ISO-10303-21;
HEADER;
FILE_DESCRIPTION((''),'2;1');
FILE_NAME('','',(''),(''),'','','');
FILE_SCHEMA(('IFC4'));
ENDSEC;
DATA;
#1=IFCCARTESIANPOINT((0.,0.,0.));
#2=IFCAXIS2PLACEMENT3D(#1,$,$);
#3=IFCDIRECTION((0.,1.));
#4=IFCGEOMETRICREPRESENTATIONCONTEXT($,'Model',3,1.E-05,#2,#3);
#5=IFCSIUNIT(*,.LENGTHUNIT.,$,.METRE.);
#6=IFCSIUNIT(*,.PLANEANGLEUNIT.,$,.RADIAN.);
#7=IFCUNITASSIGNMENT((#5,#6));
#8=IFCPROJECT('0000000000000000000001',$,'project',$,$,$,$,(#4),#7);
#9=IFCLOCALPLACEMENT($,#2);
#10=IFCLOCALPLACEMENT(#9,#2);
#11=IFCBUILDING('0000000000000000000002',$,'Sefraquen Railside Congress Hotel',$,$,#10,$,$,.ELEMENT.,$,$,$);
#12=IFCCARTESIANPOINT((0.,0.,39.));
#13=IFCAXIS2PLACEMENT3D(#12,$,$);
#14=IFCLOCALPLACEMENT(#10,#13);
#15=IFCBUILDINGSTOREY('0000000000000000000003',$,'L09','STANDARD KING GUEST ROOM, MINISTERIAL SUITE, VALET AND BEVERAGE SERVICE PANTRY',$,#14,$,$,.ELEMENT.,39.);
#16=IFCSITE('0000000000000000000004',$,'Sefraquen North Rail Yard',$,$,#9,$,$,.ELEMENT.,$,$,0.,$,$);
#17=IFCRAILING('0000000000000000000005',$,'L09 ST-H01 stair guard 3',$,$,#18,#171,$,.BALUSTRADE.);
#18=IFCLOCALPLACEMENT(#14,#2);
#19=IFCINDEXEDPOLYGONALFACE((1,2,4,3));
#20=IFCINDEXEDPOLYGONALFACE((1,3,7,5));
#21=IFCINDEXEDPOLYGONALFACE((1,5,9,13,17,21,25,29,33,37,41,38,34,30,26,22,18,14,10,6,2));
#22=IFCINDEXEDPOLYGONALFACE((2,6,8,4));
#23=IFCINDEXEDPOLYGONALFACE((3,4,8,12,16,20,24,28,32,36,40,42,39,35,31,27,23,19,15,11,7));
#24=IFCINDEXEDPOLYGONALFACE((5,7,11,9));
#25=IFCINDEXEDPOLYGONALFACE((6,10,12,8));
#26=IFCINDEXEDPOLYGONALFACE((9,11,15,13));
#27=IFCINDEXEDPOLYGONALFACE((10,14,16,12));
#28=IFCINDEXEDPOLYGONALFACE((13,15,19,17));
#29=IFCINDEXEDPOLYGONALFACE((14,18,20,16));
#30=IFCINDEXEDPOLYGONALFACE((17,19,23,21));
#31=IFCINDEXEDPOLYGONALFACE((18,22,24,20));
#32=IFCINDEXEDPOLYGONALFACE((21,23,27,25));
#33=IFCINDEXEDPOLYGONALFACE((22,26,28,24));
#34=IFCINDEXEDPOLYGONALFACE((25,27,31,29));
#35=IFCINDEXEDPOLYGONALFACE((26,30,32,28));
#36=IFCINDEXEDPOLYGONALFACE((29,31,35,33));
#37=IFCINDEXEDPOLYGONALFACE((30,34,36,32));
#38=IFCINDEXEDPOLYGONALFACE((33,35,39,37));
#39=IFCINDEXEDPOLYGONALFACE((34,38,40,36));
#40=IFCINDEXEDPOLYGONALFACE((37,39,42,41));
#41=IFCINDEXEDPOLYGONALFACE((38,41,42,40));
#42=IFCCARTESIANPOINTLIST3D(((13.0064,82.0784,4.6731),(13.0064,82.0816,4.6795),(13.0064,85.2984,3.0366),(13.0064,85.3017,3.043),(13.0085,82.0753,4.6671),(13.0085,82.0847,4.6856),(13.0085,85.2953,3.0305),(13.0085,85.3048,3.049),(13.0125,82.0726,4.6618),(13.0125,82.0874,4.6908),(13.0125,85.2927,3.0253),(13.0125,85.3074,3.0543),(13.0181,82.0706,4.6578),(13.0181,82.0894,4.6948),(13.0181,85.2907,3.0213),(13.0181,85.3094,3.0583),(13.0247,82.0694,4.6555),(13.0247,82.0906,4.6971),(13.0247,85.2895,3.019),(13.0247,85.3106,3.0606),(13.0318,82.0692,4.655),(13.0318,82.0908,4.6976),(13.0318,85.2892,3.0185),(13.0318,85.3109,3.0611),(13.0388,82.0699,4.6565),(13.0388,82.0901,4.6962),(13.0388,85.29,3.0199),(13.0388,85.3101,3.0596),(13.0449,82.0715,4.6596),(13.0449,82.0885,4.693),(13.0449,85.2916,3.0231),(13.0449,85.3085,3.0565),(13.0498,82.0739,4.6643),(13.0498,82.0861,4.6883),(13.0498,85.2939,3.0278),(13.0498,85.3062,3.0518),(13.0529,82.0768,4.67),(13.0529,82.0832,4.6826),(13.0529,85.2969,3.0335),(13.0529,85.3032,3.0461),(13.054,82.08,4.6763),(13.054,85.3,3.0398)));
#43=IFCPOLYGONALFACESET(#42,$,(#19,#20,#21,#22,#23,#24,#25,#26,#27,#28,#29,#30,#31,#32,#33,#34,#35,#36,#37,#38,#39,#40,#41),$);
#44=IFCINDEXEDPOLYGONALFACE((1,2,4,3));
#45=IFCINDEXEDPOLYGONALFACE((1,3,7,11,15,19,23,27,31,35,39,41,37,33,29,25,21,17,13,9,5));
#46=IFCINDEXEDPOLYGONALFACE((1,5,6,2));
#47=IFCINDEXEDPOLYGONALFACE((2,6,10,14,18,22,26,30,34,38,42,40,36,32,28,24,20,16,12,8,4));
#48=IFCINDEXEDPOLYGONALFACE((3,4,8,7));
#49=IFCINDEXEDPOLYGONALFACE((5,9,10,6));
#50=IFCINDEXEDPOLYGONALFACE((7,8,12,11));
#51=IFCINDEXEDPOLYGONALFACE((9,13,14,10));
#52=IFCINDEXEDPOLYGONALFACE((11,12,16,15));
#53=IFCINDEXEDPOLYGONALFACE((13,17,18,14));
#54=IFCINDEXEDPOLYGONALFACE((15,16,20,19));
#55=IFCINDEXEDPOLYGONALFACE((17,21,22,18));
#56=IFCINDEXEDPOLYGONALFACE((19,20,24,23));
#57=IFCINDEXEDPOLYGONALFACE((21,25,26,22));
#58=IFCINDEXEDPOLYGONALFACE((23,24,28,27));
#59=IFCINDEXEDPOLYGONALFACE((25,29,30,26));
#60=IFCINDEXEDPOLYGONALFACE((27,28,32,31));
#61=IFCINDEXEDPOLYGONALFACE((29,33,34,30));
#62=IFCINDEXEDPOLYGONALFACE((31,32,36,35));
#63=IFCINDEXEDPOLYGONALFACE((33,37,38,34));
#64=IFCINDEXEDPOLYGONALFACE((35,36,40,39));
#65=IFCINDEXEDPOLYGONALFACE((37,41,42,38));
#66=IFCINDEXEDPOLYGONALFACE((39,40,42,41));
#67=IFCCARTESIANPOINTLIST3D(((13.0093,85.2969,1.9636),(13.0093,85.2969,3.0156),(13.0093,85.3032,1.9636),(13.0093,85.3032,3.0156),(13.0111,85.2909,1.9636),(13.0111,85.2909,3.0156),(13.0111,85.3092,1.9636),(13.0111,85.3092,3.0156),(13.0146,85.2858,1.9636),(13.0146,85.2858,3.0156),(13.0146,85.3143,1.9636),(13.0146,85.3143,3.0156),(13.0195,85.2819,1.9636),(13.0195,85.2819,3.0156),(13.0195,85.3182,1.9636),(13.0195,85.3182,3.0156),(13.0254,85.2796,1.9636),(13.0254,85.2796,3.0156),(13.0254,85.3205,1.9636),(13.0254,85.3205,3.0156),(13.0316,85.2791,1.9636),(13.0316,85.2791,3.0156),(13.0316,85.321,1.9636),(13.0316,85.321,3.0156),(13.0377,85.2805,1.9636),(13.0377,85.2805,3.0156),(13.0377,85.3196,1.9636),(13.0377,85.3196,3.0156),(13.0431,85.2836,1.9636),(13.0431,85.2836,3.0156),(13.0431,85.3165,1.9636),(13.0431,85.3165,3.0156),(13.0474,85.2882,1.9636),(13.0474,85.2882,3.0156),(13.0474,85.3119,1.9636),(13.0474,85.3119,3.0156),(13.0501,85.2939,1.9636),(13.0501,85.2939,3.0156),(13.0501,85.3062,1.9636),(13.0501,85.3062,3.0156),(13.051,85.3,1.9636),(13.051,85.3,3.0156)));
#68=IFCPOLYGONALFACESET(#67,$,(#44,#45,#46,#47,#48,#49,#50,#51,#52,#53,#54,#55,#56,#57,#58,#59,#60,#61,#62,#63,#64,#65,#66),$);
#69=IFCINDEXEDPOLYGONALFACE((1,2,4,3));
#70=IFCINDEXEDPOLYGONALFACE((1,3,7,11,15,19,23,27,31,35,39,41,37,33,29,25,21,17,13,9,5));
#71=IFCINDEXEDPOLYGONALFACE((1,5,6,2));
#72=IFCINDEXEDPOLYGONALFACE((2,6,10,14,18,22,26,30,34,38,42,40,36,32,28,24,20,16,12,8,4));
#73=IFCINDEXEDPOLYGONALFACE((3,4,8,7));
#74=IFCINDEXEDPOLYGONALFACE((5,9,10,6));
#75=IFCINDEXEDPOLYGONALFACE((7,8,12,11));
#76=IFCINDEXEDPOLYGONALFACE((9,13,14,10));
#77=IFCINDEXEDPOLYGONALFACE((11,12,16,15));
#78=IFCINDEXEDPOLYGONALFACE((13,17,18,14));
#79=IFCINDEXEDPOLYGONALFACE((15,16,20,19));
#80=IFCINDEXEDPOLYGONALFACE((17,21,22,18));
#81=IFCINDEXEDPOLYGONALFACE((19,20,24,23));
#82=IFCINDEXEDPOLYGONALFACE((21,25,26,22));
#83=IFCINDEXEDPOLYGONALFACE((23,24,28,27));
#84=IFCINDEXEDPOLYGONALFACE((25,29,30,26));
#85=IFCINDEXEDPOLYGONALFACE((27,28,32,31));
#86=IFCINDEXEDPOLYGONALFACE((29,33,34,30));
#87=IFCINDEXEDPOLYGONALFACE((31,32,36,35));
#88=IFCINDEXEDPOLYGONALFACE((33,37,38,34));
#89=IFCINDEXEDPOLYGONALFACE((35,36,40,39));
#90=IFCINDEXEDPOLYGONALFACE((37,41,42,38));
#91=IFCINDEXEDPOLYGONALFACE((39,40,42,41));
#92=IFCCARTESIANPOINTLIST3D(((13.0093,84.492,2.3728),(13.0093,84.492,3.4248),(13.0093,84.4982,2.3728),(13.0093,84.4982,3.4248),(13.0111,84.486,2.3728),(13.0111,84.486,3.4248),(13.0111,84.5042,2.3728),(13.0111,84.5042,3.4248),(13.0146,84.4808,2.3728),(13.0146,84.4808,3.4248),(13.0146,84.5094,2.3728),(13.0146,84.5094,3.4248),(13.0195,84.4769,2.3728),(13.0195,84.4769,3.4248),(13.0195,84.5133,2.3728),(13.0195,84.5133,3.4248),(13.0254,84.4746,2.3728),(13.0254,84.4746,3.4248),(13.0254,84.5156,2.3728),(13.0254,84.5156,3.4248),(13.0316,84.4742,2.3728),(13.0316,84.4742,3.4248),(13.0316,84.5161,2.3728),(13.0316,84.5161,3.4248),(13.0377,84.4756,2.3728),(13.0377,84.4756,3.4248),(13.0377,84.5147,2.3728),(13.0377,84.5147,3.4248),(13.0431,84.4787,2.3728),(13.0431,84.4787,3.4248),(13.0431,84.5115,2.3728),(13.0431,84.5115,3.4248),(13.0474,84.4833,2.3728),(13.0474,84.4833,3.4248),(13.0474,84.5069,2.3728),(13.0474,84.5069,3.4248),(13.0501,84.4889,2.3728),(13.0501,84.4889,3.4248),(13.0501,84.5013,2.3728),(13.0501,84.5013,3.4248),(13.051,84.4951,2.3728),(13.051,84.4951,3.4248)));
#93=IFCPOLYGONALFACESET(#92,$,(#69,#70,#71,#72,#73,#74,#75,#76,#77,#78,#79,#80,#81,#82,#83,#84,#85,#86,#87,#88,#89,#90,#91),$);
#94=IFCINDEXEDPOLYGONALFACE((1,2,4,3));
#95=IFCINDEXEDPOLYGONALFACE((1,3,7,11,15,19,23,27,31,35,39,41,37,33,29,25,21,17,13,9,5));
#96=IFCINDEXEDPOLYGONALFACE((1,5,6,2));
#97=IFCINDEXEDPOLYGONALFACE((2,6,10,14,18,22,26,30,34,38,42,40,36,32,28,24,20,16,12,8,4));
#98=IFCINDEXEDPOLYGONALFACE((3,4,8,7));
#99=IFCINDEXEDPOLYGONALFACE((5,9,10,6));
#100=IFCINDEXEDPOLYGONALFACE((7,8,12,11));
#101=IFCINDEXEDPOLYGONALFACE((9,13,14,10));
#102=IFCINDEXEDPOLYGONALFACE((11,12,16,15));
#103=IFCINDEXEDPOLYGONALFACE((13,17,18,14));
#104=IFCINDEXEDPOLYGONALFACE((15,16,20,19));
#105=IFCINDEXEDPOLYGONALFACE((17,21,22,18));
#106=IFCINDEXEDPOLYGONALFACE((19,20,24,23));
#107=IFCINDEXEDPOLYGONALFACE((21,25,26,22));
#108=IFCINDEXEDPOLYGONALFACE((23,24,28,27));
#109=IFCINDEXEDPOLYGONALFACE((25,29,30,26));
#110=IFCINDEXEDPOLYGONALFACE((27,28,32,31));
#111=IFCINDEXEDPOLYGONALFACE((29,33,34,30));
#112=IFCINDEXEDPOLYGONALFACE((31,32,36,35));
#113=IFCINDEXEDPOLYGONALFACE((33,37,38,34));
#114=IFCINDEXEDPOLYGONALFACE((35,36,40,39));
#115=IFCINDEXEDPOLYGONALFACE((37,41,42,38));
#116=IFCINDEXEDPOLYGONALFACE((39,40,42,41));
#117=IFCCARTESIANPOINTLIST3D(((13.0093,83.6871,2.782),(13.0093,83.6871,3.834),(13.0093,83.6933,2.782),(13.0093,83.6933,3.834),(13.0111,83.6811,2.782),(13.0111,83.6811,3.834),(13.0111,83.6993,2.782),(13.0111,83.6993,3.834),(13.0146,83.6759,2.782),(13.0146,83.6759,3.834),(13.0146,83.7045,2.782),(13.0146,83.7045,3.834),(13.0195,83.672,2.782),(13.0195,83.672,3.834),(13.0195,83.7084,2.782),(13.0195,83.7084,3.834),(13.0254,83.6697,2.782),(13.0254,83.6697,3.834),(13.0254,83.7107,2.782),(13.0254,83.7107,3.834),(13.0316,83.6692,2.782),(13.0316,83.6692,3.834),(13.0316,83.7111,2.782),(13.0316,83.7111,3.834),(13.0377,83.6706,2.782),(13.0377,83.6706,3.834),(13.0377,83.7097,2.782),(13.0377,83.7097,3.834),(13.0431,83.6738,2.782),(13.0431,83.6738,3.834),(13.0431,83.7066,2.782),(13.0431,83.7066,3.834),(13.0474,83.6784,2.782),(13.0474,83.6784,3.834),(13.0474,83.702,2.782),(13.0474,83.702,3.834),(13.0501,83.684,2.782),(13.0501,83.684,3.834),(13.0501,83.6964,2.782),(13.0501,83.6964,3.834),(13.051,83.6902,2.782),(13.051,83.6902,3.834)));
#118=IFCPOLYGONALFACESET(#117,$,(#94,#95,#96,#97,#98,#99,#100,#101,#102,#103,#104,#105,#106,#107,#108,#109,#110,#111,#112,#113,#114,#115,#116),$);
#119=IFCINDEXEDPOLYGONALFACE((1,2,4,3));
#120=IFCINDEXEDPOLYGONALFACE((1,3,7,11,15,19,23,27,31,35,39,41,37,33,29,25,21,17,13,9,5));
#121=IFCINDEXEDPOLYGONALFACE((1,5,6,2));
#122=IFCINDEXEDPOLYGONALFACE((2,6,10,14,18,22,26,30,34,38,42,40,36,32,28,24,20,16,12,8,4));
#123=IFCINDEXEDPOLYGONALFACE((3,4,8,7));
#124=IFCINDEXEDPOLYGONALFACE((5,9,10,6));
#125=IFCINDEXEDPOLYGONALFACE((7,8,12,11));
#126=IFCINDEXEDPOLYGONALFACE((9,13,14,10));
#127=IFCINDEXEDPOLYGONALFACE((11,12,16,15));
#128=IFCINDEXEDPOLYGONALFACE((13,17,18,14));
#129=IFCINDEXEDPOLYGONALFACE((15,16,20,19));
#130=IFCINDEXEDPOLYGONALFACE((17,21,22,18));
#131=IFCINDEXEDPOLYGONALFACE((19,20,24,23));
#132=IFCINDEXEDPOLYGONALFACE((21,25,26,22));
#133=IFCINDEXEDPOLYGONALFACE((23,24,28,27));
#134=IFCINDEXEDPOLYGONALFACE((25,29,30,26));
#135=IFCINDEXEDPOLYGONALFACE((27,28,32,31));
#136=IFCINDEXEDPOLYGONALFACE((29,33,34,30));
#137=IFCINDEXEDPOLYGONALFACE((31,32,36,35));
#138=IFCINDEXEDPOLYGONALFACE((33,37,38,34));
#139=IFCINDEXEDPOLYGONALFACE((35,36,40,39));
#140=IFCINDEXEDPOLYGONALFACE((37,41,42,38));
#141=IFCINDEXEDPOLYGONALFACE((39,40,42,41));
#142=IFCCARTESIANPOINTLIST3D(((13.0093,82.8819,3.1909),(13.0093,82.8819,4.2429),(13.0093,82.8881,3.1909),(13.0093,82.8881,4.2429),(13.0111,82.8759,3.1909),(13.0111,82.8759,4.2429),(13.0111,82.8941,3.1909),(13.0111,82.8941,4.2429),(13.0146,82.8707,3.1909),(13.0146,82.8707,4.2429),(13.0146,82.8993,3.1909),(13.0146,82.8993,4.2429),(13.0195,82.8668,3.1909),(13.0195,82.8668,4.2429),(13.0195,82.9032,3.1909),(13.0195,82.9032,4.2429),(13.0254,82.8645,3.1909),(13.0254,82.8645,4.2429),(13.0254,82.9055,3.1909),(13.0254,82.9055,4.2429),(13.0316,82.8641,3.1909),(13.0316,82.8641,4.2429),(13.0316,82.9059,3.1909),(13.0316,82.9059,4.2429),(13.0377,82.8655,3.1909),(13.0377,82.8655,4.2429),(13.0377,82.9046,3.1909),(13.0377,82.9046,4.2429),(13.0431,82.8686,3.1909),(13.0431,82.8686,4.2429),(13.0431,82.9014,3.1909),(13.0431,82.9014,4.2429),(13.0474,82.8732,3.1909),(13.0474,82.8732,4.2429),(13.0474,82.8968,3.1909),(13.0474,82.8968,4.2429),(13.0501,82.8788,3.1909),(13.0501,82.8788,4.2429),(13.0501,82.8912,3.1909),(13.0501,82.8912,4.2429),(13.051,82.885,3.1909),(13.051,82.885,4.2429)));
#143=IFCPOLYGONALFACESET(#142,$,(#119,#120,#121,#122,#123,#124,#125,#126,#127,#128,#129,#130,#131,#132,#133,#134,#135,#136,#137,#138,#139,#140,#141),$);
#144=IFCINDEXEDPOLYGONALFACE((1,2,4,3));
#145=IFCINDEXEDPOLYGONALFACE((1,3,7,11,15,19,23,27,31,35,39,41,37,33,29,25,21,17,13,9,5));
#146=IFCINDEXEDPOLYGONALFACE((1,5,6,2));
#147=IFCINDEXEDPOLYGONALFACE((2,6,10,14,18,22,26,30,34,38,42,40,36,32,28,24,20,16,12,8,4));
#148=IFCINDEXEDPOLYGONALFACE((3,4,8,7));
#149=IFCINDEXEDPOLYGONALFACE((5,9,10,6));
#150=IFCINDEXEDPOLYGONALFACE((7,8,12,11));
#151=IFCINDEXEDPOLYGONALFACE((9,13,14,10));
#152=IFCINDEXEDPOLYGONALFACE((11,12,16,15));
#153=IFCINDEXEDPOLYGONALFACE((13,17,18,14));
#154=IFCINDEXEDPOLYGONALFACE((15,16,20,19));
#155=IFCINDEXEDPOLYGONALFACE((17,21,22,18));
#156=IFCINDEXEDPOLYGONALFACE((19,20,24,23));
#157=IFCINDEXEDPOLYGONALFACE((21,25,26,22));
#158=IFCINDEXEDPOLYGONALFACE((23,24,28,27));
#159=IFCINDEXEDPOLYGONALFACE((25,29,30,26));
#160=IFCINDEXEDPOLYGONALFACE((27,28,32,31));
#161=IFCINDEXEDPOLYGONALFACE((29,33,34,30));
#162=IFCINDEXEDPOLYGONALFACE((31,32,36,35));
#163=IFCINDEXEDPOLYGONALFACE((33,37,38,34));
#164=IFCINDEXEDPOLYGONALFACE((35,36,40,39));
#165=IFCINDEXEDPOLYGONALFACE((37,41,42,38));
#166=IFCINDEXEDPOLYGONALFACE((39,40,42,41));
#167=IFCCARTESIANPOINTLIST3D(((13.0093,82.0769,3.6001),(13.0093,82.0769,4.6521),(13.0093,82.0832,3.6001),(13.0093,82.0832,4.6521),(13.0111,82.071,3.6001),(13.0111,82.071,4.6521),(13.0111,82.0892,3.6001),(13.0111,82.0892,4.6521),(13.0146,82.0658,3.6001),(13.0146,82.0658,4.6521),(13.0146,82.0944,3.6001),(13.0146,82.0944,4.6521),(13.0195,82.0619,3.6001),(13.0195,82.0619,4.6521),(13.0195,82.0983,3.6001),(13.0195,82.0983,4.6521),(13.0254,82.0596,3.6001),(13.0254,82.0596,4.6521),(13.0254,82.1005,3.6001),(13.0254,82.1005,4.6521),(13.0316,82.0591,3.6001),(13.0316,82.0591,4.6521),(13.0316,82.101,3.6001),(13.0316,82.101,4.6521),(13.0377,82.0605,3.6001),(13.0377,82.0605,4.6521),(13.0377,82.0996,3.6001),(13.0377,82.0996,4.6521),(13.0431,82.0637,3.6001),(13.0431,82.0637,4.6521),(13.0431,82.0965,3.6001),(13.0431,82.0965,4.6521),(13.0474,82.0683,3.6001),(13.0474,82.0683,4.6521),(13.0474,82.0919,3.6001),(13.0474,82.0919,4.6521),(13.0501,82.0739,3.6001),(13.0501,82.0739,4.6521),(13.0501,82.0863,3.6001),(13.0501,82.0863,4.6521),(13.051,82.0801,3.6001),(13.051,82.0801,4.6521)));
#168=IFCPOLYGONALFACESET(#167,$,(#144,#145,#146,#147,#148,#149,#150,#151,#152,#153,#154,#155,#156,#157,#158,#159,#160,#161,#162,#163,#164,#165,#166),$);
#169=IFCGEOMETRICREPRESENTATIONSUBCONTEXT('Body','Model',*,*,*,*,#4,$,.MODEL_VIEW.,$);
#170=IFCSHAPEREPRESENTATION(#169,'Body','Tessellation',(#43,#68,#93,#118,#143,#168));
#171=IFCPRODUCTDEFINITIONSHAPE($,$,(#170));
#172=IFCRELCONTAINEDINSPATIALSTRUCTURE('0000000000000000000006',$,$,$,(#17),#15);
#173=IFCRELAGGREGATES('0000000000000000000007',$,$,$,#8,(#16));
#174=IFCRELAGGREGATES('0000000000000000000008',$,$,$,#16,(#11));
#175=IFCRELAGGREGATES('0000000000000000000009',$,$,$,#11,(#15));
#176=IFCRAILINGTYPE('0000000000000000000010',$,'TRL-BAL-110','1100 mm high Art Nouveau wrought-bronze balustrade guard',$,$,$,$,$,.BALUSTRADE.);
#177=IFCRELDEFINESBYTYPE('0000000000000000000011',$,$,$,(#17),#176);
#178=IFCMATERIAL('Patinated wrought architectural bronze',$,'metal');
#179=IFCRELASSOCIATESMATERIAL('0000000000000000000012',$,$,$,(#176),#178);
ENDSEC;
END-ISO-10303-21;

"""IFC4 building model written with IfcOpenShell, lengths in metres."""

from ifc_helpers import new_model, si_unit, direction, frame, origin, origin_2d, place, context, subcontext, project, spatial, circle, extrude, material, type_object, element, save


model = new_model("IFC4")

# Units and contexts
model_context = context("Model", 3, precision=1e-05, world=origin(), true_north=direction((0.0, 1.0)))
body_context = subcontext(model_context, "Body", "Model", "MODEL_VIEW")
ifc_project = project(units=[si_unit("LENGTHUNIT", "METRE"), si_unit("PLANEANGLEUNIT", "RADIAN")], contexts=[model_context])

# Site, building, storey
site_placement = place(None, origin())
site = spatial("IfcSite", under=ifc_project, at=site_placement, Name="Sefraquen North Rail Yard", CompositionType="ELEMENT", RefElevation=0.0)
building_placement = place(site_placement, origin())
building = spatial("IfcBuilding", under=site, at=building_placement, Name="Sefraquen Railside Congress Hotel", CompositionType="ELEMENT")
storey_placement = place(building_placement, frame((0.0, 0.0, 39.0)))
storey = spatial("IfcBuildingStorey", under=building, at=storey_placement, Name="L09", Description="STANDARD KING GUEST ROOM, MINISTERIAL SUITE, VALET AND BEVERAGE SERVICE PANTRY", CompositionType="ELEMENT", Elevation=39.0)

# Railing
ifc_material_1 = material(Name="Patinated wrought architectural bronze", Category="metal")
railing_type = type_object("IfcRailingType", Name="TRL-BAL-110", Description="1100 mm high Art Nouveau wrought-bronze balustrade guard", PredefinedType="BALUSTRADE", material=ifc_material_1)
railing_1_placement = place(storey_placement, frame((13.03, 85.3, 1.9636)))
element("IfcRailing", 1, at=railing_1_placement, inside=storey, type_object=railing_type, Name="L09 ST-H01 stair guard 3", PredefinedType="BALUSTRADE", context=body_context, shape_type="SweptSolid", body=[
    extrude(circle(Radius=0.0239, at=origin_2d()), frame((0.0, 0.0, 1.0762), z_axis=(0.0, -0.891474, 0.453071), x_axis=(1.0, 0.0, 0.0)), (0.0, 0.0, 1.0), 3.6121),
    extrude(circle(Radius=0.021, at=origin_2d()), origin(), (0.0, 0.0, 1.0), 1.052),
    extrude(circle(Radius=0.021, at=origin_2d()), frame((0.0, -0.8049, 0.4092)), (0.0, 0.0, 1.0), 1.052),
    extrude(circle(Radius=0.021, at=origin_2d()), frame((0.0, -1.6099, 0.8184)), (0.0, 0.0, 1.0), 1.052),
    extrude(circle(Radius=0.021, at=origin_2d()), frame((0.0, -2.415, 1.2273)), (0.0, 0.0, 1.0), 1.052),
    extrude(circle(Radius=0.021, at=origin_2d()), frame((0.0, -3.22, 1.6365)), (0.0, 0.0, 1.0), 1.052),
])

save(model, "model.ifc")
